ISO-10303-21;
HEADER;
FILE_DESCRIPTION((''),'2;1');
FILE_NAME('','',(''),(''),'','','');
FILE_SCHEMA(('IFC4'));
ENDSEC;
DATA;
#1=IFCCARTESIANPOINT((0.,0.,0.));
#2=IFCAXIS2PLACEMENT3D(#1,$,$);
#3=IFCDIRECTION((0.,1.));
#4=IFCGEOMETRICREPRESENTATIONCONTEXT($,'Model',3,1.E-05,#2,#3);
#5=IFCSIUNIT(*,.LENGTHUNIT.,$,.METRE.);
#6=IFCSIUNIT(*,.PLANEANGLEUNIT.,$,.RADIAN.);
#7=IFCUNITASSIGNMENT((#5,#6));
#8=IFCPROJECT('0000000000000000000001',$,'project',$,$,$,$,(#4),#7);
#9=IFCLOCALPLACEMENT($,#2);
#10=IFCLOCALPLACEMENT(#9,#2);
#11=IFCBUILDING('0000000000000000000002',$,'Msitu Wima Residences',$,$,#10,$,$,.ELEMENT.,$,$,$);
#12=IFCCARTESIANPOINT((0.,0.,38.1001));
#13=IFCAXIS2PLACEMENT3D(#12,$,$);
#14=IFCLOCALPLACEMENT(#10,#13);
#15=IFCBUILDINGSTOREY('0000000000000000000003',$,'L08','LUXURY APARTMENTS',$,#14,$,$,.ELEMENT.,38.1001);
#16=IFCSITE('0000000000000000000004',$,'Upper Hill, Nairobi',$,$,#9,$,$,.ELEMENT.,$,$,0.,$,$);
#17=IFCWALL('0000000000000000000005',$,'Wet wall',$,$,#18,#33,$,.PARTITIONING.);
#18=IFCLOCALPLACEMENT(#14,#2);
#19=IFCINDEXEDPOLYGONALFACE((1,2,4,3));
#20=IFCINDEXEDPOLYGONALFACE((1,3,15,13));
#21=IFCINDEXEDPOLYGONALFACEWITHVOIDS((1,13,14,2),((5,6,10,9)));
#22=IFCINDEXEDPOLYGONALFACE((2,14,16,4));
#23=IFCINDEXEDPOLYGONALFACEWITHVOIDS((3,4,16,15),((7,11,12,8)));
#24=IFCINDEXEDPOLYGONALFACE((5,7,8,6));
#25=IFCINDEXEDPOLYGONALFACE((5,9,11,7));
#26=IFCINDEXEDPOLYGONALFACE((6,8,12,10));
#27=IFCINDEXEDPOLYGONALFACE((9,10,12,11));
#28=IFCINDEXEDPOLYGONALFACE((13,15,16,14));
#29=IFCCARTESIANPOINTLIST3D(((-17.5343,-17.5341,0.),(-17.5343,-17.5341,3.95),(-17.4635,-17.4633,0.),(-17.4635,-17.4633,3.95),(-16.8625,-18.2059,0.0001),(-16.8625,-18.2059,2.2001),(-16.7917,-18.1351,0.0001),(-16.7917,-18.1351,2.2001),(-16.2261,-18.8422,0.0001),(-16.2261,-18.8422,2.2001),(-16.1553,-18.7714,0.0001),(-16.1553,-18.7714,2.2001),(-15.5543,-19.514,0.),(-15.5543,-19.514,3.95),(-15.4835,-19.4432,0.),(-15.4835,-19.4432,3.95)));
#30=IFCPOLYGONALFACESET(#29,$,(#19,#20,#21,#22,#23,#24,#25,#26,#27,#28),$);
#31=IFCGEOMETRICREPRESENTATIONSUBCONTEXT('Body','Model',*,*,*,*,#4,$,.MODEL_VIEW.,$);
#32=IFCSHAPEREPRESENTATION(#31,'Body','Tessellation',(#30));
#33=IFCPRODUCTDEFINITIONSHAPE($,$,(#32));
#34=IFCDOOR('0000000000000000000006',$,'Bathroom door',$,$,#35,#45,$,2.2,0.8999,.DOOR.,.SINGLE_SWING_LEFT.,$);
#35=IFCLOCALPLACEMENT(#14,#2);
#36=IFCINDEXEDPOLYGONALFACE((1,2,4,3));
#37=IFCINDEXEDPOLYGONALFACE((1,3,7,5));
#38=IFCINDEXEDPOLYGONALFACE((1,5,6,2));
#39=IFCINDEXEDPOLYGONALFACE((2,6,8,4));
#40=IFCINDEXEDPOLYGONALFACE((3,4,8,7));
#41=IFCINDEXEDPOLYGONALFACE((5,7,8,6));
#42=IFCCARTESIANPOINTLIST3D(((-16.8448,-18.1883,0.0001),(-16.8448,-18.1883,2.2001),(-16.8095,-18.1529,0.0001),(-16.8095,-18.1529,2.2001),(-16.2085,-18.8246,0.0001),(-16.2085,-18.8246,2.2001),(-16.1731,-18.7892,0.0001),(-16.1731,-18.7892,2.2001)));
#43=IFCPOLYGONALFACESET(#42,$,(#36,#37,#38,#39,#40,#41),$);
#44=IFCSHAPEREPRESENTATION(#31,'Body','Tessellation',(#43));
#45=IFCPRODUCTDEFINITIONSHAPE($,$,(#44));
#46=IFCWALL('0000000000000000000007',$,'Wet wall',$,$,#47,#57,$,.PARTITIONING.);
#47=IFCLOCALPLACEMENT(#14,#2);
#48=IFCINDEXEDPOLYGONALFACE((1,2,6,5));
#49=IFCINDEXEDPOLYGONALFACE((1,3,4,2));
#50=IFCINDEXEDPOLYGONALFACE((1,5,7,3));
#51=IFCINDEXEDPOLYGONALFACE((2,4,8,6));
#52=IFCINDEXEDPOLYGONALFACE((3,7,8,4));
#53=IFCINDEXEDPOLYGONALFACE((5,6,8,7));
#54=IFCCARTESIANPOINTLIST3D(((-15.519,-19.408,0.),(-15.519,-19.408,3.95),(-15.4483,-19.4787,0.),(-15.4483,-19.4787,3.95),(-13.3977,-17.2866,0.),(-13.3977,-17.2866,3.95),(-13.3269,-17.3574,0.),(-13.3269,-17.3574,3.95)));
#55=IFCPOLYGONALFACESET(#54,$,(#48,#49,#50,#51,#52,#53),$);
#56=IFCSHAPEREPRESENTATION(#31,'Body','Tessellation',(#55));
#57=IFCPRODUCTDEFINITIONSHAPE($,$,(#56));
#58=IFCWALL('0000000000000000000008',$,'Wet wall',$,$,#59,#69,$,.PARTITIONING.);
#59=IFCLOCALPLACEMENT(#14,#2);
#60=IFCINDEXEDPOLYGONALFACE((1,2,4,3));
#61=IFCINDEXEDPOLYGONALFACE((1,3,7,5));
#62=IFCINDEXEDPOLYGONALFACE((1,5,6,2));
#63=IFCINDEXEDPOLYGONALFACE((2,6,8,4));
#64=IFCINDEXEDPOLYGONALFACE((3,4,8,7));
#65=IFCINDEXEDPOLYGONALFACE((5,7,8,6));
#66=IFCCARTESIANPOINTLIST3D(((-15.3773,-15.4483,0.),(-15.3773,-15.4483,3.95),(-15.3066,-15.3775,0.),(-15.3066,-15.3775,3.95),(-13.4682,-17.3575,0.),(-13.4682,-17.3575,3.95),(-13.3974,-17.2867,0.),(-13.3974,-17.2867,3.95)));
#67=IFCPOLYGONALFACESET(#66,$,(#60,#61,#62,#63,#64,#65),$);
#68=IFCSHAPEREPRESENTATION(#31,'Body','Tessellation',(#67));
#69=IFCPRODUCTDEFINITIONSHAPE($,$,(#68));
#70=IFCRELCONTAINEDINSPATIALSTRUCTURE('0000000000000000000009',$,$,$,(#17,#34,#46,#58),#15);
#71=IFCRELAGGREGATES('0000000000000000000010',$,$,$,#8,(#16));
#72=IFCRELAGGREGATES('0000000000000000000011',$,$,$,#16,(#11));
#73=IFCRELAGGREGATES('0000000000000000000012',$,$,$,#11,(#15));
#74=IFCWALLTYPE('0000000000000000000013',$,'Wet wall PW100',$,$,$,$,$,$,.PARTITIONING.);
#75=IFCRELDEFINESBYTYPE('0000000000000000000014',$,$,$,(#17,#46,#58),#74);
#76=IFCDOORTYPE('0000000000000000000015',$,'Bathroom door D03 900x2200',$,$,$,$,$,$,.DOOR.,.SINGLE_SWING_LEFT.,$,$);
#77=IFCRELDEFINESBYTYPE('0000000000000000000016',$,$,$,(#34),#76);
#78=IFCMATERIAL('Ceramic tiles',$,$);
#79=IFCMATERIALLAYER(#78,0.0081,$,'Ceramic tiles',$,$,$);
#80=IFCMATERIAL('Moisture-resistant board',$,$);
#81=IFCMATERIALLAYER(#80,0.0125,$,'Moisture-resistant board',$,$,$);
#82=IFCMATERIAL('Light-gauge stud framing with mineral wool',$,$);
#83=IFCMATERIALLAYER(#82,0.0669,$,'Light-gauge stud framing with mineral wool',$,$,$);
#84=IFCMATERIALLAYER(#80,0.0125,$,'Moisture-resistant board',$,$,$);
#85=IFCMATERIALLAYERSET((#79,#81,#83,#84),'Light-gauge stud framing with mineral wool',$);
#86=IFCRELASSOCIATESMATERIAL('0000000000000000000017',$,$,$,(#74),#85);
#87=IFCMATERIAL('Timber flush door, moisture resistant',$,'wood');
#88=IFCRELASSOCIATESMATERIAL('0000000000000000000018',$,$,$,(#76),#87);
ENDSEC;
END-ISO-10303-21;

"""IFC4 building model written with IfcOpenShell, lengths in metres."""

from ifc_helpers import new_model, si_unit, direction, frame, frame_2d, origin, place, context, subcontext, project, spatial, rectangle, extrude, material, layer, layer_set, type_object, element, fill, save


model = new_model("IFC4")

# Units and contexts
model_context = context("Model", 3, precision=1e-05, world=origin(), true_north=direction((0.0, 1.0)))
body_context = subcontext(model_context, "Body", "Model", "MODEL_VIEW")
ifc_project = project(units=[si_unit("LENGTHUNIT", "METRE"), si_unit("PLANEANGLEUNIT", "RADIAN")], contexts=[model_context])

# Site, building, storey
site_placement = place(None, origin())
site = spatial("IfcSite", under=ifc_project, at=site_placement, Name="Upper Hill, Nairobi", CompositionType="ELEMENT", RefElevation=0.0)
building_placement = place(site_placement, origin())
building = spatial("IfcBuilding", under=site, at=building_placement, Name="Msitu Wima Residences", CompositionType="ELEMENT")
storey_placement = place(building_placement, frame((0.0, 0.0, 38.1001)))
storey = spatial("IfcBuildingStorey", under=building, at=storey_placement, Name="L08", Description="LUXURY APARTMENTS", CompositionType="ELEMENT", Elevation=38.1001)

# Shared definitions
ifc_material_1 = material(Name="Ceramic tiles")
ifc_layer_1 = layer(ifc_material_1, 0.0081, Name="Ceramic tiles")
ifc_material_2 = material(Name="Moisture-resistant board")
ifc_layer_2 = layer(ifc_material_2, 0.0125, Name="Moisture-resistant board")
ifc_material_3 = material(Name="Light-gauge stud framing with mineral wool")
ifc_layer_3 = layer(ifc_material_3, 0.0669, Name="Light-gauge stud framing with mineral wool")
ifc_layer_4 = layer(ifc_material_2, 0.0125, Name="Moisture-resistant board")
ifc_layer_set_1 = layer_set([ifc_layer_1, ifc_layer_2, ifc_layer_3, ifc_layer_4], Name="Light-gauge stud framing with mineral wool")
wall_type_1 = type_object("IfcWallType", Name="Wet wall PW100", PredefinedType="PARTITIONING", material=ifc_layer_set_1)

# Wall, opening, door
wall_1_placement = place(storey_placement, frame((-17.4988, -17.4988, 0.0), z_axis=(0.0, 0.0, 1.0), x_axis=(0.707107, -0.707107, 0.0)))
wall_1 = element("IfcWall", 1, at=wall_1_placement, inside=storey, type_object=wall_type_1, Name="Wet wall", PredefinedType="PARTITIONING", context=body_context, shape_type="SweptSolid", body=[
    extrude(rectangle(XDim=2.8, YDim=0.1001, at=frame_2d((1.3999, 0.0))), origin(), (0.0, 0.0, 1.0), 3.95),
])
opening_1_placement = place(wall_1_placement, frame((0.95, 0.0, 0.0)))
opening_1 = element("IfcOpeningElement", 2, at=opening_1_placement, cuts=wall_1, PredefinedType="OPENING", context=body_context, shape_type="SweptSolid", body=[
    extrude(rectangle(XDim=0.8999, YDim=2.2, at=frame_2d((0.45, 1.1001))), frame((0.0, 0.0601, 0.0), z_axis=(0.0, -1.0, 0.0), x_axis=(1.0, 0.0, 0.0)), (0.0, 0.0, 1.0), 0.1201),
])
ifc_material_4 = material(Name="Timber flush door, moisture resistant", Category="wood")
door_type_1 = type_object("IfcDoorType", Name="Bathroom door D03 900x2200", OperationType="SINGLE_SWING_LEFT", PredefinedType="DOOR", material=ifc_material_4)
door_1_placement = place(opening_1_placement, origin())
door_1 = element("IfcDoor", 3, at=door_1_placement, inside=storey, type_object=door_type_1, Name="Bathroom door", OperationType="SINGLE_SWING_LEFT", OverallHeight=2.2, OverallWidth=0.8999, PredefinedType="DOOR", context=body_context, shape_type="SweptSolid", body=[
    extrude(rectangle(XDim=0.8999, YDim=2.2, at=frame_2d((0.45, 1.1001))), frame((0.0, 0.0249, 0.0), z_axis=(0.0, -1.0, 0.0), x_axis=(1.0, 0.0, 0.0)), (0.0, 0.0, 1.0), 0.05),
])
fill(opening_1, door_1)

# Walls
wall_2_placement = place(storey_placement, frame((-15.4836, -19.4434, 0.0), z_axis=(0.0, 0.0, 1.0), x_axis=(0.707107, 0.707107, 0.0)))
element("IfcWall", 4, at=wall_2_placement, inside=storey, type_object=wall_type_1, Name="Wet wall", PredefinedType="PARTITIONING", context=body_context, shape_type="SweptSolid", body=[
    extrude(rectangle(XDim=3.0, YDim=0.1001, at=frame_2d((1.5, 0.0))), origin(), (0.0, 0.0, 1.0), 3.95),
])
wall_3_placement = place(storey_placement, frame((-15.342, -15.4128, 0.0), z_axis=(0.0, 0.0, 1.0), x_axis=(0.707107, -0.707107, 0.0)))
element("IfcWall", 5, at=wall_3_placement, inside=storey, type_object=wall_type_1, Name="Wet wall", PredefinedType="PARTITIONING", context=body_context, shape_type="SweptSolid", body=[
    extrude(rectangle(XDim=2.7, YDim=0.1001, at=frame_2d((1.3501, 0.0))), origin(), (0.0, 0.0, 1.0), 3.95),
])

save(model, "model.ifc")
